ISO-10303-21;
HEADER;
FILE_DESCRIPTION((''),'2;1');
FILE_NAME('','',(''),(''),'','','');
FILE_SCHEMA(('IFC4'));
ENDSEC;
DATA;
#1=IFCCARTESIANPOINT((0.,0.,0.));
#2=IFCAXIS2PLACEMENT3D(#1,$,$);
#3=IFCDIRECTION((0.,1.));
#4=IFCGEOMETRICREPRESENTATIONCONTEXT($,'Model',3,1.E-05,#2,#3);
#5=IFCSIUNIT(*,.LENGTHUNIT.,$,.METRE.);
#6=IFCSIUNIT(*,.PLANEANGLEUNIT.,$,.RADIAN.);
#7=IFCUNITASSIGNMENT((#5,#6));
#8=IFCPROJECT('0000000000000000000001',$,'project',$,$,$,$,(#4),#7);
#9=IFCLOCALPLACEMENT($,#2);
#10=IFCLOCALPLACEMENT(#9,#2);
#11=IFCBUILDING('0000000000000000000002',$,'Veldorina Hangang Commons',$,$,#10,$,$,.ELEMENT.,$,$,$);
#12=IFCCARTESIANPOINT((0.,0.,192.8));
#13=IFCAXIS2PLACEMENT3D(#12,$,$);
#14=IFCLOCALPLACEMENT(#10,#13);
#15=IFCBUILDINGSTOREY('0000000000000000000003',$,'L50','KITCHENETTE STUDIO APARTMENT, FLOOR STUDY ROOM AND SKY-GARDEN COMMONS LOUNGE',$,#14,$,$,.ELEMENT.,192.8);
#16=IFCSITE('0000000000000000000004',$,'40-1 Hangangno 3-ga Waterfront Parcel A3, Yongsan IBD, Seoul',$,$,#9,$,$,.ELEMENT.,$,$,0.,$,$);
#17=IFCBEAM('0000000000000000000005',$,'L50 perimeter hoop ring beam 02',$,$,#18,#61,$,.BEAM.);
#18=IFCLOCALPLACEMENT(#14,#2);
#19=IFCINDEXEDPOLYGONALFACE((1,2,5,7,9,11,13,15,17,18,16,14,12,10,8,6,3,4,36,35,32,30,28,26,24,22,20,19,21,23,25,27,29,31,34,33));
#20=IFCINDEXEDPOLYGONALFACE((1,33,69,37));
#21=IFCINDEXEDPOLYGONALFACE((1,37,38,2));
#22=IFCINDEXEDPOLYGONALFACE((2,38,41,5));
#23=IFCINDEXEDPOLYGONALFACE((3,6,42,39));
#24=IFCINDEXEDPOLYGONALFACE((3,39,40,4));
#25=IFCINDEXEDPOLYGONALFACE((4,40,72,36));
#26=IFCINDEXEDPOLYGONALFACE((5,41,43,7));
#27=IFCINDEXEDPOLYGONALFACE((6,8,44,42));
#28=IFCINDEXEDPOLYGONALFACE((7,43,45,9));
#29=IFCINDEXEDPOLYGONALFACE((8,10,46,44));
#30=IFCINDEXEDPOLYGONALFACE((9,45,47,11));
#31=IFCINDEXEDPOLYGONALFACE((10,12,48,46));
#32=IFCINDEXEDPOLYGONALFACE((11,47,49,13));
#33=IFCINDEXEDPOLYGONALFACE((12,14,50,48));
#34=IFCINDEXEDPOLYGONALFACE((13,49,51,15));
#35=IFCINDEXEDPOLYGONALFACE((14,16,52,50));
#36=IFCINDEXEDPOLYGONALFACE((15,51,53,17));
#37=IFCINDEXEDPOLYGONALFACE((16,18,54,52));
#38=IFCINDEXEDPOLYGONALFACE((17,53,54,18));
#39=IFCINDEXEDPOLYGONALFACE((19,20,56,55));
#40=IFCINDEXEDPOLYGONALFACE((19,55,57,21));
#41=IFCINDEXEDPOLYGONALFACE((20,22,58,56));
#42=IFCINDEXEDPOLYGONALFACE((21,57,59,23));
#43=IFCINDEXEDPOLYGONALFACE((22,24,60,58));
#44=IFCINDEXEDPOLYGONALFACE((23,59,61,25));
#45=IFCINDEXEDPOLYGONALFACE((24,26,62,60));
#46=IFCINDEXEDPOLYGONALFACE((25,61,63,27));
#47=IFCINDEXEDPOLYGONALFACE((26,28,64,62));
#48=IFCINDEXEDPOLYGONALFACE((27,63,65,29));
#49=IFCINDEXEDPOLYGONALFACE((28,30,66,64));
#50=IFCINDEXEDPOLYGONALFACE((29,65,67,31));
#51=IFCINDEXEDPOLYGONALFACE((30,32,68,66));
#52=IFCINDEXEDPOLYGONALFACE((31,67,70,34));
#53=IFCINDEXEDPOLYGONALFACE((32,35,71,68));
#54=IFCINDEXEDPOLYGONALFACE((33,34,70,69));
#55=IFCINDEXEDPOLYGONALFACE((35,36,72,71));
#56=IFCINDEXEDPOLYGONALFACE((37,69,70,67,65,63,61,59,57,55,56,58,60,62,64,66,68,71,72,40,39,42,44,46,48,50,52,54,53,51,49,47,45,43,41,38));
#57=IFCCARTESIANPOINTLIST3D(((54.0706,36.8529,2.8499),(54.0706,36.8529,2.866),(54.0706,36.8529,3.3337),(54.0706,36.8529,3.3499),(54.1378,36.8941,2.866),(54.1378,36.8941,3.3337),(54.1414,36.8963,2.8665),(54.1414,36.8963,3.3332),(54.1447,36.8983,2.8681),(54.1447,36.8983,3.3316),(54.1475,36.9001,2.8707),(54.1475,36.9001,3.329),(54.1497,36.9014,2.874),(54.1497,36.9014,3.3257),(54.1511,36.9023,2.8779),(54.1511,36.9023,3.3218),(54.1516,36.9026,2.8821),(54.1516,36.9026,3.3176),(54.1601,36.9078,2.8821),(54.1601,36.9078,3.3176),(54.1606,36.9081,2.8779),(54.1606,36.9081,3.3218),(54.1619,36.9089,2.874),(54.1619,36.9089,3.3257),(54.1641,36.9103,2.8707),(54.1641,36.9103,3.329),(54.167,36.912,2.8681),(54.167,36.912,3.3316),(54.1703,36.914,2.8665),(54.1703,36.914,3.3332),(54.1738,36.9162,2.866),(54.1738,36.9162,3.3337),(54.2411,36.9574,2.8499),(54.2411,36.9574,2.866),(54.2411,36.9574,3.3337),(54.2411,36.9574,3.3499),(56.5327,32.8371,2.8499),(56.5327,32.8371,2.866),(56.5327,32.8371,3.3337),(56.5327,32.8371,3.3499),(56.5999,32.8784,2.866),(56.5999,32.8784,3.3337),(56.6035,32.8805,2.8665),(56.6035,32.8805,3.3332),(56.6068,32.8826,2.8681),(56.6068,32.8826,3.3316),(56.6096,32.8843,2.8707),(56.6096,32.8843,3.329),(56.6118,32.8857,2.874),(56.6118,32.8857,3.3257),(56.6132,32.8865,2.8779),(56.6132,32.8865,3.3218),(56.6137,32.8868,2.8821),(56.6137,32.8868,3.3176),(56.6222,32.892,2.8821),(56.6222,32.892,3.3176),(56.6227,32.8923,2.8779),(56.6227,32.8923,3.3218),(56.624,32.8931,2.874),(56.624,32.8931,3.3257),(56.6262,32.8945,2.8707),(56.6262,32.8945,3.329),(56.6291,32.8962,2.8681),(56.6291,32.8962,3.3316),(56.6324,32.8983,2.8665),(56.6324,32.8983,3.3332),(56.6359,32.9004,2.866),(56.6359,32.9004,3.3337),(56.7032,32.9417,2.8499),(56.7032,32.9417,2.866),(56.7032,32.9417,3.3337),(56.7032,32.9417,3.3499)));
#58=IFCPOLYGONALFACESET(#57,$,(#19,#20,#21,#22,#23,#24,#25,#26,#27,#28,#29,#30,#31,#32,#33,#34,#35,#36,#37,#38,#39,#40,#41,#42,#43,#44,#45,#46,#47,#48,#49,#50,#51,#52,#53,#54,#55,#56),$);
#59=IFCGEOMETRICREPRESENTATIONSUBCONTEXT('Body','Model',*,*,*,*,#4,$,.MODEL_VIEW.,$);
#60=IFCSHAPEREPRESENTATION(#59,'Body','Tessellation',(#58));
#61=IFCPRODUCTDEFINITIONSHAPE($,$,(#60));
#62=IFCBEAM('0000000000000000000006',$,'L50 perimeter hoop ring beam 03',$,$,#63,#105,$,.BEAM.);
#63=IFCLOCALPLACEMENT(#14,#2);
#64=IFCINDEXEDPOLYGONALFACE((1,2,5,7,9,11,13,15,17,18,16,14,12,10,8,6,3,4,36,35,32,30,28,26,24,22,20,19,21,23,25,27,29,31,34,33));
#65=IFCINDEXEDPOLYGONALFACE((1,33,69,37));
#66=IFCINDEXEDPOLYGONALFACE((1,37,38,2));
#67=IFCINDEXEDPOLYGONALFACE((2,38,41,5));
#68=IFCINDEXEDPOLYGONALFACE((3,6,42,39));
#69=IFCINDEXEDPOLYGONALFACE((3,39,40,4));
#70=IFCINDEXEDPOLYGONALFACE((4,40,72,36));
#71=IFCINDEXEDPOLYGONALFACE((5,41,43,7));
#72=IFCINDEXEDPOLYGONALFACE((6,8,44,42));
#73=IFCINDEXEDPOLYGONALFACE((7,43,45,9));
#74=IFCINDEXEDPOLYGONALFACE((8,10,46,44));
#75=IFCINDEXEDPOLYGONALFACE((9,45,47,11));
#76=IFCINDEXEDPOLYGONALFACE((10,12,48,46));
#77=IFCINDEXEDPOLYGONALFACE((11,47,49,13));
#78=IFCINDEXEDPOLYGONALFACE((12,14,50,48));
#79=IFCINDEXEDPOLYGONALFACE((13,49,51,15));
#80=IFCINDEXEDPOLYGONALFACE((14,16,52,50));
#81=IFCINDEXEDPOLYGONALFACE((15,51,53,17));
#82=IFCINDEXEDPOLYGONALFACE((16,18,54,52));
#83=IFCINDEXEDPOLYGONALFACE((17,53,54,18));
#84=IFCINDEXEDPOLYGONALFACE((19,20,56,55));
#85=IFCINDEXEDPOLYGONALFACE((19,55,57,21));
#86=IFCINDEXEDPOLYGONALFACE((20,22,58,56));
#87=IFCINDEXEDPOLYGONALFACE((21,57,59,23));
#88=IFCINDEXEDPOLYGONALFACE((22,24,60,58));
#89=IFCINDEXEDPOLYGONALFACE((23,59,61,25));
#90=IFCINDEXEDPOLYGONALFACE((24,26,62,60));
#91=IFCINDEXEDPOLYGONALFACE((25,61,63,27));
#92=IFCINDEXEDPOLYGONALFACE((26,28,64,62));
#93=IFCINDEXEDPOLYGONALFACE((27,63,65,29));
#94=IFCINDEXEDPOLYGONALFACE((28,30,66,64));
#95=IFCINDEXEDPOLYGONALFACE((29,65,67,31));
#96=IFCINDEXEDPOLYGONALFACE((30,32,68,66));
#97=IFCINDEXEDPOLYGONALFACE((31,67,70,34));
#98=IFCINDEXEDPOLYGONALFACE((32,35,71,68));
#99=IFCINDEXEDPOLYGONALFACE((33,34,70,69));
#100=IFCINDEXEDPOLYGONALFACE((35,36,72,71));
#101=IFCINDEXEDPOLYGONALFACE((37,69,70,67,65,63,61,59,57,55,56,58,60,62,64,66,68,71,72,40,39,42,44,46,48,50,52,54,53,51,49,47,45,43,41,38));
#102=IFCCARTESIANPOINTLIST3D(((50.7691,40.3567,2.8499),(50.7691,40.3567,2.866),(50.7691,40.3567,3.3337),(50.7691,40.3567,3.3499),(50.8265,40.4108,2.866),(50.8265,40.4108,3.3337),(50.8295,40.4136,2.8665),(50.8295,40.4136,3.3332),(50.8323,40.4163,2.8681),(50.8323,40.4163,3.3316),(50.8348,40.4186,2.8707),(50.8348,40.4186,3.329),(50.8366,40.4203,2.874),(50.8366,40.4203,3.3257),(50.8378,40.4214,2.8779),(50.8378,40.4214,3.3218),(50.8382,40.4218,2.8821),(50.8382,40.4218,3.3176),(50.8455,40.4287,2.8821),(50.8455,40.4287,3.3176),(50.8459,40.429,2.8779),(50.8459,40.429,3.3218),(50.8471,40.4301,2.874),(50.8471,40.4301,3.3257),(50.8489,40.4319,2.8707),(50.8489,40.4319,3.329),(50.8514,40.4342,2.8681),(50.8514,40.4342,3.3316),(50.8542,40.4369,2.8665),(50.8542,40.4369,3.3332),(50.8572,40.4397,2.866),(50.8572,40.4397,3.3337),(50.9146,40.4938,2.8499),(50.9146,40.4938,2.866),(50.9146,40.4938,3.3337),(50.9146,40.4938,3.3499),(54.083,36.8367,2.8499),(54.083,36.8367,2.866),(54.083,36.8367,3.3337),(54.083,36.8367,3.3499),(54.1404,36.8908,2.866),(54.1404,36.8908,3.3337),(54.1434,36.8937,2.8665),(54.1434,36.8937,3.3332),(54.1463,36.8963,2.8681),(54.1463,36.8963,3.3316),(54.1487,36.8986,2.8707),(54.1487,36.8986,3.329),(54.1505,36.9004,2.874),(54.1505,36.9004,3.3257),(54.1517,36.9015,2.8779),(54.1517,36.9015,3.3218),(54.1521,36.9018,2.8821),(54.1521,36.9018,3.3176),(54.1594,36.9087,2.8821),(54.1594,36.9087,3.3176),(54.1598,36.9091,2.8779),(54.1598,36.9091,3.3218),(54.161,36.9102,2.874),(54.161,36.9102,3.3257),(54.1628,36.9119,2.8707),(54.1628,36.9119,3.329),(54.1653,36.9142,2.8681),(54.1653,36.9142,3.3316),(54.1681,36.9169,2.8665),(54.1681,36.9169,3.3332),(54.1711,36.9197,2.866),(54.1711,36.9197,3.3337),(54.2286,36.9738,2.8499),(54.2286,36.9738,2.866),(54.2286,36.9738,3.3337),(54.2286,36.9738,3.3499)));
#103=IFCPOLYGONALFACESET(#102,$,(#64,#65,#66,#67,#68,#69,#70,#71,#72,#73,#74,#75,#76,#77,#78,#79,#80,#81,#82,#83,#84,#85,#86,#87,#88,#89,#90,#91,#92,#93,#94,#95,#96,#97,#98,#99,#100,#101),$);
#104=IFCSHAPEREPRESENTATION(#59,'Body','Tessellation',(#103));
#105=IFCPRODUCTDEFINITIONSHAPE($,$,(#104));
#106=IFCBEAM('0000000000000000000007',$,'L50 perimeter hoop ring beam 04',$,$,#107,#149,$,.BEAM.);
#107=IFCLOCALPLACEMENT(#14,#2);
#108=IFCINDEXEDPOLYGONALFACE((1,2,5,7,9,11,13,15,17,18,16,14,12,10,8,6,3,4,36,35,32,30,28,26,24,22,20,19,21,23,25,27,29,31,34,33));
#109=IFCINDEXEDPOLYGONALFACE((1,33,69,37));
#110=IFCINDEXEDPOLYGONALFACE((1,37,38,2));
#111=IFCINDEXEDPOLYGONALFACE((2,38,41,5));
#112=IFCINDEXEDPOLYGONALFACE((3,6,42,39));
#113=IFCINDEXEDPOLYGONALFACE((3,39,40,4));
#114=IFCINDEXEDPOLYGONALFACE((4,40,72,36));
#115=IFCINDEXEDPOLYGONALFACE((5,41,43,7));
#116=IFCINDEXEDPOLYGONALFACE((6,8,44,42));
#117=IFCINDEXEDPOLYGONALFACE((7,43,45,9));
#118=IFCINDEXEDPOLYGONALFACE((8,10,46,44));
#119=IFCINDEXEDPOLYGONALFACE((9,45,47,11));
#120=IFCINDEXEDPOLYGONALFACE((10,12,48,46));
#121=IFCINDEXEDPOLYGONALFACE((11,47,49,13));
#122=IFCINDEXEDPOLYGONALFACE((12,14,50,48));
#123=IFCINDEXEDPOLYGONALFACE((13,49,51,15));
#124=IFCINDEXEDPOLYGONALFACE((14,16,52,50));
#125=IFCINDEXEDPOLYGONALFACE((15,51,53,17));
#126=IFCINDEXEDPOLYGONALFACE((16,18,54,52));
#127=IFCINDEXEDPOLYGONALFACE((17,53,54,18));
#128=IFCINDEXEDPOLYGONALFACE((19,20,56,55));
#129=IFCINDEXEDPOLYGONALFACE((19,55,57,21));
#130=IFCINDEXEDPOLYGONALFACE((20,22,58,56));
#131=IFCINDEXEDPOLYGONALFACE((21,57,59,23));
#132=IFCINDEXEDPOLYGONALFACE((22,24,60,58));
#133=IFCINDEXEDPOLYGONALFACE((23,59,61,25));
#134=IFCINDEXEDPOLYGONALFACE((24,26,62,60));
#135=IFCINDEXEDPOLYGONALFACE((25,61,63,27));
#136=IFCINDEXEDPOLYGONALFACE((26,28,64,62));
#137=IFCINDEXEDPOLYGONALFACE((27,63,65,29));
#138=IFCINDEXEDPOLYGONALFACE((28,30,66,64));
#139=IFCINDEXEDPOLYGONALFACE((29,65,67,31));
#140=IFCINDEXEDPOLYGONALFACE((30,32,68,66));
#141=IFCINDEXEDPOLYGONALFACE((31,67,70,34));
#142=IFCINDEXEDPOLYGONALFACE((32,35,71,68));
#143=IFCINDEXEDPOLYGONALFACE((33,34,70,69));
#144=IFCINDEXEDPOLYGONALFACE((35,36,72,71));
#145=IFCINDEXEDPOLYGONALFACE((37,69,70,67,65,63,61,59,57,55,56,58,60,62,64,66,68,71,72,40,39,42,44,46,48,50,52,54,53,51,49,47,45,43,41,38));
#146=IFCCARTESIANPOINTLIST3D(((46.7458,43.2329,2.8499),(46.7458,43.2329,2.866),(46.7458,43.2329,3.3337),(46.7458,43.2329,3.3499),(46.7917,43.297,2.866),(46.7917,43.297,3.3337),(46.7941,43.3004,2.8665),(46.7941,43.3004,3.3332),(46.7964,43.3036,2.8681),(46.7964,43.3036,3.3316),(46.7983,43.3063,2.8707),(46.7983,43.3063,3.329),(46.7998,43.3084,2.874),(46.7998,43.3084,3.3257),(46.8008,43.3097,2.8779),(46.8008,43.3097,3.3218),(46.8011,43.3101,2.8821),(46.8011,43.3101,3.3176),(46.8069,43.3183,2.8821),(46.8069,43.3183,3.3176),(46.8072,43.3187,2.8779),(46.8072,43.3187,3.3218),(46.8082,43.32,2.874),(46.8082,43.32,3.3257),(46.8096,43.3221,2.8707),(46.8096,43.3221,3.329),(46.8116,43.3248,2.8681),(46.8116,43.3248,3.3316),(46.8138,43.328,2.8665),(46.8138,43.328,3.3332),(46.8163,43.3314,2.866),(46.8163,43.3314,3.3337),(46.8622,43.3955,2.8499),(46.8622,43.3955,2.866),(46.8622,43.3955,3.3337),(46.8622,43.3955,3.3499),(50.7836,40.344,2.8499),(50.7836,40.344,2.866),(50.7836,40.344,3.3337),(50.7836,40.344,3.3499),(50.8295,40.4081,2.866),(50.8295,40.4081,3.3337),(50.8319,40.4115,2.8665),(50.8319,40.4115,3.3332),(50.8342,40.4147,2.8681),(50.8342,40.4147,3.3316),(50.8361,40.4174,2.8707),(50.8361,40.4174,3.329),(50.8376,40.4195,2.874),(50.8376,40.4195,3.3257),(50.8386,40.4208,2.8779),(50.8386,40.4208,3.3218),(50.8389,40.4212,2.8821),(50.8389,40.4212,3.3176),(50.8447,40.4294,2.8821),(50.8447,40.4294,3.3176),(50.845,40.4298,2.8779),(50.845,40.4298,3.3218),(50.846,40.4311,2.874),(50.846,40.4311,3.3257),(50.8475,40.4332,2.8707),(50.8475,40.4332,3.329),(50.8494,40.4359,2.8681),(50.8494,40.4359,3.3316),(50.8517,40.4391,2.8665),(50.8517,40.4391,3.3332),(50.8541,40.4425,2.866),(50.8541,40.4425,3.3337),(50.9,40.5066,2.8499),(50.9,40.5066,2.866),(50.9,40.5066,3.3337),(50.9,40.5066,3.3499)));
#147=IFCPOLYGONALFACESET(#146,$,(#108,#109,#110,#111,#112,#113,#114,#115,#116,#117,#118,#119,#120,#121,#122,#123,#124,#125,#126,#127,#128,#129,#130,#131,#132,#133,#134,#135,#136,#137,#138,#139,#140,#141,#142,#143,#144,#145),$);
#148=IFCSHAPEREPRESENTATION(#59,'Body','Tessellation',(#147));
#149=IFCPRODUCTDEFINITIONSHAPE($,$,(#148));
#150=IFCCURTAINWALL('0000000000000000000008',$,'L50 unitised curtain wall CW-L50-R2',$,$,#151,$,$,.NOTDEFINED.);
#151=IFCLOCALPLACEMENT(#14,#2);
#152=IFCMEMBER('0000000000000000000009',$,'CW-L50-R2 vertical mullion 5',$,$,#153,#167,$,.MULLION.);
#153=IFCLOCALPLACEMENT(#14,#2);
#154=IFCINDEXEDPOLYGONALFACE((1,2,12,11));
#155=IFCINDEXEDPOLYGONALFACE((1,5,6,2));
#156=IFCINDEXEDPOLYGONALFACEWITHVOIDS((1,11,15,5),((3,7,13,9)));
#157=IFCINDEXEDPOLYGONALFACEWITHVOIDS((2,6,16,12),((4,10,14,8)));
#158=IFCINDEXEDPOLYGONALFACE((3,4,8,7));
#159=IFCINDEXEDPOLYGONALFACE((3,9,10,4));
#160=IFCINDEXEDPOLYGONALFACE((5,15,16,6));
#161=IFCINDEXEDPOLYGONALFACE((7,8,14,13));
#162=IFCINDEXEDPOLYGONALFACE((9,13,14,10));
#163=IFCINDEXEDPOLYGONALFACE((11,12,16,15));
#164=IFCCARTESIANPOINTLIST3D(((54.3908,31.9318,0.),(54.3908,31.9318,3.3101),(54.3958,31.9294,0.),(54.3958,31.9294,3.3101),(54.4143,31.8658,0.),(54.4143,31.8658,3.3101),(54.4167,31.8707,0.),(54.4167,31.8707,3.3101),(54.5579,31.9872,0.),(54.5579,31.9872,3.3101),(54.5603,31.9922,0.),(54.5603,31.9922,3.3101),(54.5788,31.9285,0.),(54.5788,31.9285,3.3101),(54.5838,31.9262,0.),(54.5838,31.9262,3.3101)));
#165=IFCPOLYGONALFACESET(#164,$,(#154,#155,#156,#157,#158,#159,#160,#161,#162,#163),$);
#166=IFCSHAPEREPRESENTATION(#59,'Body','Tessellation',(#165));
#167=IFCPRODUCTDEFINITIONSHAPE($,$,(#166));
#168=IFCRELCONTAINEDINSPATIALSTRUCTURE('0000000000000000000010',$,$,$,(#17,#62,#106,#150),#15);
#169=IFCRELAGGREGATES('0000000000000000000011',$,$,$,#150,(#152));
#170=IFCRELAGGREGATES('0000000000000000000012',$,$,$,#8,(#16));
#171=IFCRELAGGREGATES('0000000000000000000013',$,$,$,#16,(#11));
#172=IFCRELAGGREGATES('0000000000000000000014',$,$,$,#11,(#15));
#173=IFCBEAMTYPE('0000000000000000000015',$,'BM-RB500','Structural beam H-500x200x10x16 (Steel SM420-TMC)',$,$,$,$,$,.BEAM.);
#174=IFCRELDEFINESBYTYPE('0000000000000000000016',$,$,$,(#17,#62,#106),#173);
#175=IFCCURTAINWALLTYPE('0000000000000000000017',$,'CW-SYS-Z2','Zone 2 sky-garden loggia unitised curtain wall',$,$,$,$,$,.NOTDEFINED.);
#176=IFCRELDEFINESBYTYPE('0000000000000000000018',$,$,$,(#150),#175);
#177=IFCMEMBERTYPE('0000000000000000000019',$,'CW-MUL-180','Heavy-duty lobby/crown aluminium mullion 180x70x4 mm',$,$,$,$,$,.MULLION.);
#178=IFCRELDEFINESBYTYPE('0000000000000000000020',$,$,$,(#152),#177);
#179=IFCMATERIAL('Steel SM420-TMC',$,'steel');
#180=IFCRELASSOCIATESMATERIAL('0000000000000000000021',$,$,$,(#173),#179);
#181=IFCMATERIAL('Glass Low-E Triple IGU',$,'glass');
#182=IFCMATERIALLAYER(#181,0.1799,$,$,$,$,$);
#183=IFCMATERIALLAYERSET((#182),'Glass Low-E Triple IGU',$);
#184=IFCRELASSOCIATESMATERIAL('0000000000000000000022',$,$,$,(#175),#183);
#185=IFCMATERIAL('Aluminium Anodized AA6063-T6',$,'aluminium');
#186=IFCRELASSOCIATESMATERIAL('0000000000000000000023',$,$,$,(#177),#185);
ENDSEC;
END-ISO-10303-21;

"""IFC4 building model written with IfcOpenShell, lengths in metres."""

from ifc_helpers import new_model, si_unit, direction, frame, origin, origin_2d, place, context, subcontext, project, spatial, hollow_rectangle, i_section, extrude, material, layer, layer_set, material_profile, profile_set, type_object, element, aggregate, save


model = new_model("IFC4")

# Units and contexts
model_context = context("Model", 3, precision=1e-05, world=origin(), true_north=direction((0.0, 1.0)))
body_context = subcontext(model_context, "Body", "Model", "MODEL_VIEW")
ifc_project = project(units=[si_unit("LENGTHUNIT", "METRE"), si_unit("PLANEANGLEUNIT", "RADIAN")], contexts=[model_context])

# Site, building, storey
site_placement = place(None, origin())
site = spatial("IfcSite", under=ifc_project, at=site_placement, Name="40-1 Hangangno 3-ga Waterfront Parcel A3, Yongsan IBD, Seoul", CompositionType="ELEMENT", RefElevation=0.0)
building_placement = place(site_placement, origin())
building = spatial("IfcBuilding", under=site, at=building_placement, Name="Veldorina Hangang Commons", CompositionType="ELEMENT")
storey_placement = place(building_placement, frame((0.0, 0.0, 192.8)))
storey = spatial("IfcBuildingStorey", under=building, at=storey_placement, Name="L50", Description="KITCHENETTE STUDIO APARTMENT, FLOOR STUDY ROOM AND SKY-GARDEN COMMONS LOUNGE", CompositionType="ELEMENT", Elevation=192.8)

# Beams
ifc_material_1 = material(Name="Steel SM420-TMC", Category="steel")
ifc_material_profile_1 = material_profile(ifc_material_1, i_section(OverallWidth=0.2, OverallDepth=0.5, WebThickness=0.01, FlangeThickness=0.0161, FilletRadius=0.0161, at=origin_2d()), Name="H-500x200x10x16")
ifc_profile_set_1 = profile_set([ifc_material_profile_1], Name="Steel SM420-TMC")
beam_type = type_object("IfcBeamType", Name="BM-RB500", Description="Structural beam H-500x200x10x16 (Steel SM420-TMC)", PredefinedType="BEAM", material=ifc_profile_set_1)
beam_1_placement = place(storey_placement, frame((56.6179, 32.8894, 3.0999), z_axis=(-0.522688, 0.852524, 0.0), x_axis=(-0.852524, -0.522688, 0.0)))
element("IfcBeam", 1, at=beam_1_placement, inside=storey, type_object=beam_type, Name="L50 perimeter hoop ring beam 02", PredefinedType="BEAM", context=body_context, shape_type="SweptSolid", body=[
    extrude(i_section(OverallWidth=0.2, OverallDepth=0.5, WebThickness=0.01, FlangeThickness=0.0161, FilletRadius=0.0161, at=origin_2d()), origin(), (0.0, 0.0, 1.0), 4.7104),
])
beam_2_placement = place(storey_placement, frame((54.1558, 36.9053, 3.0999), z_axis=(-0.685475, 0.728096, 0.0), x_axis=(-0.728096, -0.685475, 0.0)))
element("IfcBeam", 2, at=beam_2_placement, inside=storey, type_object=beam_type, Name="L50 perimeter hoop ring beam 03", PredefinedType="BEAM", context=body_context, shape_type="SweptSolid", body=[
    extrude(i_section(OverallWidth=0.2, OverallDepth=0.5, WebThickness=0.01, FlangeThickness=0.0161, FilletRadius=0.0161, at=origin_2d()), origin(), (0.0, 0.0, 1.0), 4.8345),
])
beam_3_placement = place(storey_placement, frame((50.8418, 40.4253, 3.0999), z_axis=(-0.813281, 0.581871, 0.0), x_axis=(-0.581871, -0.813281, 0.0)))
element("IfcBeam", 3, at=beam_3_placement, inside=storey, type_object=beam_type, Name="L50 perimeter hoop ring beam 04", PredefinedType="BEAM", context=body_context, shape_type="SweptSolid", body=[
    extrude(i_section(OverallWidth=0.2, OverallDepth=0.5, WebThickness=0.01, FlangeThickness=0.0161, FilletRadius=0.0161, at=origin_2d()), origin(), (0.0, 0.0, 1.0), 4.9648),
])

# Curtain wall, member
ifc_material_2 = material(Name="Glass Low-E Triple IGU", Category="glass")
ifc_layer_1 = layer(ifc_material_2, 0.1799)
ifc_layer_set_1 = layer_set([ifc_layer_1], Name="Glass Low-E Triple IGU")
curtain_wall_type = type_object("IfcCurtainWallType", Name="CW-SYS-Z2", Description="Zone 2 sky-garden loggia unitised curtain wall", PredefinedType="NOTDEFINED", material=ifc_layer_set_1)
curtain_wall_placement = place(storey_placement, origin())
curtain_wall = element("IfcCurtainWall", 4, at=curtain_wall_placement, inside=storey, type_object=curtain_wall_type, Name="L50 unitised curtain wall CW-L50-R2", PredefinedType="NOTDEFINED")
ifc_material_3 = material(Name="Aluminium Anodized AA6063-T6", Category="aluminium")
ifc_material_profile_2 = material_profile(ifc_material_3, hollow_rectangle(XDim=0.0701, YDim=0.1799, WallThickness=0.0039, at=origin_2d()), Name="ALU-RHS-180x70x4")
ifc_profile_set_2 = profile_set([ifc_material_profile_2], Name="Aluminium Anodized AA6063-T6")
member_type_1 = type_object("IfcMemberType", Name="CW-MUL-180", Description="Heavy-duty lobby/crown aluminium mullion 180x70x4 mm", PredefinedType="MULLION", material=ifc_profile_set_2)
member_1_placement = place(storey_placement, frame((54.4873, 31.929, 0.0), z_axis=(0.0, 0.0, 1.0), x_axis=(0.335682, -0.941975, 0.0)))
member_1 = element("IfcMember", 5, at=member_1_placement, type_object=member_type_1, Name="CW-L50-R2 vertical mullion 5", PredefinedType="MULLION", context=body_context, shape_type="SweptSolid", body=[
    extrude(hollow_rectangle(XDim=0.0701, YDim=0.1799, WallThickness=0.0039, at=origin_2d()), origin(), (0.0, 0.0, 1.0), 3.3101),
])
aggregate(curtain_wall, [member_1])

save(model, "model.ifc")
